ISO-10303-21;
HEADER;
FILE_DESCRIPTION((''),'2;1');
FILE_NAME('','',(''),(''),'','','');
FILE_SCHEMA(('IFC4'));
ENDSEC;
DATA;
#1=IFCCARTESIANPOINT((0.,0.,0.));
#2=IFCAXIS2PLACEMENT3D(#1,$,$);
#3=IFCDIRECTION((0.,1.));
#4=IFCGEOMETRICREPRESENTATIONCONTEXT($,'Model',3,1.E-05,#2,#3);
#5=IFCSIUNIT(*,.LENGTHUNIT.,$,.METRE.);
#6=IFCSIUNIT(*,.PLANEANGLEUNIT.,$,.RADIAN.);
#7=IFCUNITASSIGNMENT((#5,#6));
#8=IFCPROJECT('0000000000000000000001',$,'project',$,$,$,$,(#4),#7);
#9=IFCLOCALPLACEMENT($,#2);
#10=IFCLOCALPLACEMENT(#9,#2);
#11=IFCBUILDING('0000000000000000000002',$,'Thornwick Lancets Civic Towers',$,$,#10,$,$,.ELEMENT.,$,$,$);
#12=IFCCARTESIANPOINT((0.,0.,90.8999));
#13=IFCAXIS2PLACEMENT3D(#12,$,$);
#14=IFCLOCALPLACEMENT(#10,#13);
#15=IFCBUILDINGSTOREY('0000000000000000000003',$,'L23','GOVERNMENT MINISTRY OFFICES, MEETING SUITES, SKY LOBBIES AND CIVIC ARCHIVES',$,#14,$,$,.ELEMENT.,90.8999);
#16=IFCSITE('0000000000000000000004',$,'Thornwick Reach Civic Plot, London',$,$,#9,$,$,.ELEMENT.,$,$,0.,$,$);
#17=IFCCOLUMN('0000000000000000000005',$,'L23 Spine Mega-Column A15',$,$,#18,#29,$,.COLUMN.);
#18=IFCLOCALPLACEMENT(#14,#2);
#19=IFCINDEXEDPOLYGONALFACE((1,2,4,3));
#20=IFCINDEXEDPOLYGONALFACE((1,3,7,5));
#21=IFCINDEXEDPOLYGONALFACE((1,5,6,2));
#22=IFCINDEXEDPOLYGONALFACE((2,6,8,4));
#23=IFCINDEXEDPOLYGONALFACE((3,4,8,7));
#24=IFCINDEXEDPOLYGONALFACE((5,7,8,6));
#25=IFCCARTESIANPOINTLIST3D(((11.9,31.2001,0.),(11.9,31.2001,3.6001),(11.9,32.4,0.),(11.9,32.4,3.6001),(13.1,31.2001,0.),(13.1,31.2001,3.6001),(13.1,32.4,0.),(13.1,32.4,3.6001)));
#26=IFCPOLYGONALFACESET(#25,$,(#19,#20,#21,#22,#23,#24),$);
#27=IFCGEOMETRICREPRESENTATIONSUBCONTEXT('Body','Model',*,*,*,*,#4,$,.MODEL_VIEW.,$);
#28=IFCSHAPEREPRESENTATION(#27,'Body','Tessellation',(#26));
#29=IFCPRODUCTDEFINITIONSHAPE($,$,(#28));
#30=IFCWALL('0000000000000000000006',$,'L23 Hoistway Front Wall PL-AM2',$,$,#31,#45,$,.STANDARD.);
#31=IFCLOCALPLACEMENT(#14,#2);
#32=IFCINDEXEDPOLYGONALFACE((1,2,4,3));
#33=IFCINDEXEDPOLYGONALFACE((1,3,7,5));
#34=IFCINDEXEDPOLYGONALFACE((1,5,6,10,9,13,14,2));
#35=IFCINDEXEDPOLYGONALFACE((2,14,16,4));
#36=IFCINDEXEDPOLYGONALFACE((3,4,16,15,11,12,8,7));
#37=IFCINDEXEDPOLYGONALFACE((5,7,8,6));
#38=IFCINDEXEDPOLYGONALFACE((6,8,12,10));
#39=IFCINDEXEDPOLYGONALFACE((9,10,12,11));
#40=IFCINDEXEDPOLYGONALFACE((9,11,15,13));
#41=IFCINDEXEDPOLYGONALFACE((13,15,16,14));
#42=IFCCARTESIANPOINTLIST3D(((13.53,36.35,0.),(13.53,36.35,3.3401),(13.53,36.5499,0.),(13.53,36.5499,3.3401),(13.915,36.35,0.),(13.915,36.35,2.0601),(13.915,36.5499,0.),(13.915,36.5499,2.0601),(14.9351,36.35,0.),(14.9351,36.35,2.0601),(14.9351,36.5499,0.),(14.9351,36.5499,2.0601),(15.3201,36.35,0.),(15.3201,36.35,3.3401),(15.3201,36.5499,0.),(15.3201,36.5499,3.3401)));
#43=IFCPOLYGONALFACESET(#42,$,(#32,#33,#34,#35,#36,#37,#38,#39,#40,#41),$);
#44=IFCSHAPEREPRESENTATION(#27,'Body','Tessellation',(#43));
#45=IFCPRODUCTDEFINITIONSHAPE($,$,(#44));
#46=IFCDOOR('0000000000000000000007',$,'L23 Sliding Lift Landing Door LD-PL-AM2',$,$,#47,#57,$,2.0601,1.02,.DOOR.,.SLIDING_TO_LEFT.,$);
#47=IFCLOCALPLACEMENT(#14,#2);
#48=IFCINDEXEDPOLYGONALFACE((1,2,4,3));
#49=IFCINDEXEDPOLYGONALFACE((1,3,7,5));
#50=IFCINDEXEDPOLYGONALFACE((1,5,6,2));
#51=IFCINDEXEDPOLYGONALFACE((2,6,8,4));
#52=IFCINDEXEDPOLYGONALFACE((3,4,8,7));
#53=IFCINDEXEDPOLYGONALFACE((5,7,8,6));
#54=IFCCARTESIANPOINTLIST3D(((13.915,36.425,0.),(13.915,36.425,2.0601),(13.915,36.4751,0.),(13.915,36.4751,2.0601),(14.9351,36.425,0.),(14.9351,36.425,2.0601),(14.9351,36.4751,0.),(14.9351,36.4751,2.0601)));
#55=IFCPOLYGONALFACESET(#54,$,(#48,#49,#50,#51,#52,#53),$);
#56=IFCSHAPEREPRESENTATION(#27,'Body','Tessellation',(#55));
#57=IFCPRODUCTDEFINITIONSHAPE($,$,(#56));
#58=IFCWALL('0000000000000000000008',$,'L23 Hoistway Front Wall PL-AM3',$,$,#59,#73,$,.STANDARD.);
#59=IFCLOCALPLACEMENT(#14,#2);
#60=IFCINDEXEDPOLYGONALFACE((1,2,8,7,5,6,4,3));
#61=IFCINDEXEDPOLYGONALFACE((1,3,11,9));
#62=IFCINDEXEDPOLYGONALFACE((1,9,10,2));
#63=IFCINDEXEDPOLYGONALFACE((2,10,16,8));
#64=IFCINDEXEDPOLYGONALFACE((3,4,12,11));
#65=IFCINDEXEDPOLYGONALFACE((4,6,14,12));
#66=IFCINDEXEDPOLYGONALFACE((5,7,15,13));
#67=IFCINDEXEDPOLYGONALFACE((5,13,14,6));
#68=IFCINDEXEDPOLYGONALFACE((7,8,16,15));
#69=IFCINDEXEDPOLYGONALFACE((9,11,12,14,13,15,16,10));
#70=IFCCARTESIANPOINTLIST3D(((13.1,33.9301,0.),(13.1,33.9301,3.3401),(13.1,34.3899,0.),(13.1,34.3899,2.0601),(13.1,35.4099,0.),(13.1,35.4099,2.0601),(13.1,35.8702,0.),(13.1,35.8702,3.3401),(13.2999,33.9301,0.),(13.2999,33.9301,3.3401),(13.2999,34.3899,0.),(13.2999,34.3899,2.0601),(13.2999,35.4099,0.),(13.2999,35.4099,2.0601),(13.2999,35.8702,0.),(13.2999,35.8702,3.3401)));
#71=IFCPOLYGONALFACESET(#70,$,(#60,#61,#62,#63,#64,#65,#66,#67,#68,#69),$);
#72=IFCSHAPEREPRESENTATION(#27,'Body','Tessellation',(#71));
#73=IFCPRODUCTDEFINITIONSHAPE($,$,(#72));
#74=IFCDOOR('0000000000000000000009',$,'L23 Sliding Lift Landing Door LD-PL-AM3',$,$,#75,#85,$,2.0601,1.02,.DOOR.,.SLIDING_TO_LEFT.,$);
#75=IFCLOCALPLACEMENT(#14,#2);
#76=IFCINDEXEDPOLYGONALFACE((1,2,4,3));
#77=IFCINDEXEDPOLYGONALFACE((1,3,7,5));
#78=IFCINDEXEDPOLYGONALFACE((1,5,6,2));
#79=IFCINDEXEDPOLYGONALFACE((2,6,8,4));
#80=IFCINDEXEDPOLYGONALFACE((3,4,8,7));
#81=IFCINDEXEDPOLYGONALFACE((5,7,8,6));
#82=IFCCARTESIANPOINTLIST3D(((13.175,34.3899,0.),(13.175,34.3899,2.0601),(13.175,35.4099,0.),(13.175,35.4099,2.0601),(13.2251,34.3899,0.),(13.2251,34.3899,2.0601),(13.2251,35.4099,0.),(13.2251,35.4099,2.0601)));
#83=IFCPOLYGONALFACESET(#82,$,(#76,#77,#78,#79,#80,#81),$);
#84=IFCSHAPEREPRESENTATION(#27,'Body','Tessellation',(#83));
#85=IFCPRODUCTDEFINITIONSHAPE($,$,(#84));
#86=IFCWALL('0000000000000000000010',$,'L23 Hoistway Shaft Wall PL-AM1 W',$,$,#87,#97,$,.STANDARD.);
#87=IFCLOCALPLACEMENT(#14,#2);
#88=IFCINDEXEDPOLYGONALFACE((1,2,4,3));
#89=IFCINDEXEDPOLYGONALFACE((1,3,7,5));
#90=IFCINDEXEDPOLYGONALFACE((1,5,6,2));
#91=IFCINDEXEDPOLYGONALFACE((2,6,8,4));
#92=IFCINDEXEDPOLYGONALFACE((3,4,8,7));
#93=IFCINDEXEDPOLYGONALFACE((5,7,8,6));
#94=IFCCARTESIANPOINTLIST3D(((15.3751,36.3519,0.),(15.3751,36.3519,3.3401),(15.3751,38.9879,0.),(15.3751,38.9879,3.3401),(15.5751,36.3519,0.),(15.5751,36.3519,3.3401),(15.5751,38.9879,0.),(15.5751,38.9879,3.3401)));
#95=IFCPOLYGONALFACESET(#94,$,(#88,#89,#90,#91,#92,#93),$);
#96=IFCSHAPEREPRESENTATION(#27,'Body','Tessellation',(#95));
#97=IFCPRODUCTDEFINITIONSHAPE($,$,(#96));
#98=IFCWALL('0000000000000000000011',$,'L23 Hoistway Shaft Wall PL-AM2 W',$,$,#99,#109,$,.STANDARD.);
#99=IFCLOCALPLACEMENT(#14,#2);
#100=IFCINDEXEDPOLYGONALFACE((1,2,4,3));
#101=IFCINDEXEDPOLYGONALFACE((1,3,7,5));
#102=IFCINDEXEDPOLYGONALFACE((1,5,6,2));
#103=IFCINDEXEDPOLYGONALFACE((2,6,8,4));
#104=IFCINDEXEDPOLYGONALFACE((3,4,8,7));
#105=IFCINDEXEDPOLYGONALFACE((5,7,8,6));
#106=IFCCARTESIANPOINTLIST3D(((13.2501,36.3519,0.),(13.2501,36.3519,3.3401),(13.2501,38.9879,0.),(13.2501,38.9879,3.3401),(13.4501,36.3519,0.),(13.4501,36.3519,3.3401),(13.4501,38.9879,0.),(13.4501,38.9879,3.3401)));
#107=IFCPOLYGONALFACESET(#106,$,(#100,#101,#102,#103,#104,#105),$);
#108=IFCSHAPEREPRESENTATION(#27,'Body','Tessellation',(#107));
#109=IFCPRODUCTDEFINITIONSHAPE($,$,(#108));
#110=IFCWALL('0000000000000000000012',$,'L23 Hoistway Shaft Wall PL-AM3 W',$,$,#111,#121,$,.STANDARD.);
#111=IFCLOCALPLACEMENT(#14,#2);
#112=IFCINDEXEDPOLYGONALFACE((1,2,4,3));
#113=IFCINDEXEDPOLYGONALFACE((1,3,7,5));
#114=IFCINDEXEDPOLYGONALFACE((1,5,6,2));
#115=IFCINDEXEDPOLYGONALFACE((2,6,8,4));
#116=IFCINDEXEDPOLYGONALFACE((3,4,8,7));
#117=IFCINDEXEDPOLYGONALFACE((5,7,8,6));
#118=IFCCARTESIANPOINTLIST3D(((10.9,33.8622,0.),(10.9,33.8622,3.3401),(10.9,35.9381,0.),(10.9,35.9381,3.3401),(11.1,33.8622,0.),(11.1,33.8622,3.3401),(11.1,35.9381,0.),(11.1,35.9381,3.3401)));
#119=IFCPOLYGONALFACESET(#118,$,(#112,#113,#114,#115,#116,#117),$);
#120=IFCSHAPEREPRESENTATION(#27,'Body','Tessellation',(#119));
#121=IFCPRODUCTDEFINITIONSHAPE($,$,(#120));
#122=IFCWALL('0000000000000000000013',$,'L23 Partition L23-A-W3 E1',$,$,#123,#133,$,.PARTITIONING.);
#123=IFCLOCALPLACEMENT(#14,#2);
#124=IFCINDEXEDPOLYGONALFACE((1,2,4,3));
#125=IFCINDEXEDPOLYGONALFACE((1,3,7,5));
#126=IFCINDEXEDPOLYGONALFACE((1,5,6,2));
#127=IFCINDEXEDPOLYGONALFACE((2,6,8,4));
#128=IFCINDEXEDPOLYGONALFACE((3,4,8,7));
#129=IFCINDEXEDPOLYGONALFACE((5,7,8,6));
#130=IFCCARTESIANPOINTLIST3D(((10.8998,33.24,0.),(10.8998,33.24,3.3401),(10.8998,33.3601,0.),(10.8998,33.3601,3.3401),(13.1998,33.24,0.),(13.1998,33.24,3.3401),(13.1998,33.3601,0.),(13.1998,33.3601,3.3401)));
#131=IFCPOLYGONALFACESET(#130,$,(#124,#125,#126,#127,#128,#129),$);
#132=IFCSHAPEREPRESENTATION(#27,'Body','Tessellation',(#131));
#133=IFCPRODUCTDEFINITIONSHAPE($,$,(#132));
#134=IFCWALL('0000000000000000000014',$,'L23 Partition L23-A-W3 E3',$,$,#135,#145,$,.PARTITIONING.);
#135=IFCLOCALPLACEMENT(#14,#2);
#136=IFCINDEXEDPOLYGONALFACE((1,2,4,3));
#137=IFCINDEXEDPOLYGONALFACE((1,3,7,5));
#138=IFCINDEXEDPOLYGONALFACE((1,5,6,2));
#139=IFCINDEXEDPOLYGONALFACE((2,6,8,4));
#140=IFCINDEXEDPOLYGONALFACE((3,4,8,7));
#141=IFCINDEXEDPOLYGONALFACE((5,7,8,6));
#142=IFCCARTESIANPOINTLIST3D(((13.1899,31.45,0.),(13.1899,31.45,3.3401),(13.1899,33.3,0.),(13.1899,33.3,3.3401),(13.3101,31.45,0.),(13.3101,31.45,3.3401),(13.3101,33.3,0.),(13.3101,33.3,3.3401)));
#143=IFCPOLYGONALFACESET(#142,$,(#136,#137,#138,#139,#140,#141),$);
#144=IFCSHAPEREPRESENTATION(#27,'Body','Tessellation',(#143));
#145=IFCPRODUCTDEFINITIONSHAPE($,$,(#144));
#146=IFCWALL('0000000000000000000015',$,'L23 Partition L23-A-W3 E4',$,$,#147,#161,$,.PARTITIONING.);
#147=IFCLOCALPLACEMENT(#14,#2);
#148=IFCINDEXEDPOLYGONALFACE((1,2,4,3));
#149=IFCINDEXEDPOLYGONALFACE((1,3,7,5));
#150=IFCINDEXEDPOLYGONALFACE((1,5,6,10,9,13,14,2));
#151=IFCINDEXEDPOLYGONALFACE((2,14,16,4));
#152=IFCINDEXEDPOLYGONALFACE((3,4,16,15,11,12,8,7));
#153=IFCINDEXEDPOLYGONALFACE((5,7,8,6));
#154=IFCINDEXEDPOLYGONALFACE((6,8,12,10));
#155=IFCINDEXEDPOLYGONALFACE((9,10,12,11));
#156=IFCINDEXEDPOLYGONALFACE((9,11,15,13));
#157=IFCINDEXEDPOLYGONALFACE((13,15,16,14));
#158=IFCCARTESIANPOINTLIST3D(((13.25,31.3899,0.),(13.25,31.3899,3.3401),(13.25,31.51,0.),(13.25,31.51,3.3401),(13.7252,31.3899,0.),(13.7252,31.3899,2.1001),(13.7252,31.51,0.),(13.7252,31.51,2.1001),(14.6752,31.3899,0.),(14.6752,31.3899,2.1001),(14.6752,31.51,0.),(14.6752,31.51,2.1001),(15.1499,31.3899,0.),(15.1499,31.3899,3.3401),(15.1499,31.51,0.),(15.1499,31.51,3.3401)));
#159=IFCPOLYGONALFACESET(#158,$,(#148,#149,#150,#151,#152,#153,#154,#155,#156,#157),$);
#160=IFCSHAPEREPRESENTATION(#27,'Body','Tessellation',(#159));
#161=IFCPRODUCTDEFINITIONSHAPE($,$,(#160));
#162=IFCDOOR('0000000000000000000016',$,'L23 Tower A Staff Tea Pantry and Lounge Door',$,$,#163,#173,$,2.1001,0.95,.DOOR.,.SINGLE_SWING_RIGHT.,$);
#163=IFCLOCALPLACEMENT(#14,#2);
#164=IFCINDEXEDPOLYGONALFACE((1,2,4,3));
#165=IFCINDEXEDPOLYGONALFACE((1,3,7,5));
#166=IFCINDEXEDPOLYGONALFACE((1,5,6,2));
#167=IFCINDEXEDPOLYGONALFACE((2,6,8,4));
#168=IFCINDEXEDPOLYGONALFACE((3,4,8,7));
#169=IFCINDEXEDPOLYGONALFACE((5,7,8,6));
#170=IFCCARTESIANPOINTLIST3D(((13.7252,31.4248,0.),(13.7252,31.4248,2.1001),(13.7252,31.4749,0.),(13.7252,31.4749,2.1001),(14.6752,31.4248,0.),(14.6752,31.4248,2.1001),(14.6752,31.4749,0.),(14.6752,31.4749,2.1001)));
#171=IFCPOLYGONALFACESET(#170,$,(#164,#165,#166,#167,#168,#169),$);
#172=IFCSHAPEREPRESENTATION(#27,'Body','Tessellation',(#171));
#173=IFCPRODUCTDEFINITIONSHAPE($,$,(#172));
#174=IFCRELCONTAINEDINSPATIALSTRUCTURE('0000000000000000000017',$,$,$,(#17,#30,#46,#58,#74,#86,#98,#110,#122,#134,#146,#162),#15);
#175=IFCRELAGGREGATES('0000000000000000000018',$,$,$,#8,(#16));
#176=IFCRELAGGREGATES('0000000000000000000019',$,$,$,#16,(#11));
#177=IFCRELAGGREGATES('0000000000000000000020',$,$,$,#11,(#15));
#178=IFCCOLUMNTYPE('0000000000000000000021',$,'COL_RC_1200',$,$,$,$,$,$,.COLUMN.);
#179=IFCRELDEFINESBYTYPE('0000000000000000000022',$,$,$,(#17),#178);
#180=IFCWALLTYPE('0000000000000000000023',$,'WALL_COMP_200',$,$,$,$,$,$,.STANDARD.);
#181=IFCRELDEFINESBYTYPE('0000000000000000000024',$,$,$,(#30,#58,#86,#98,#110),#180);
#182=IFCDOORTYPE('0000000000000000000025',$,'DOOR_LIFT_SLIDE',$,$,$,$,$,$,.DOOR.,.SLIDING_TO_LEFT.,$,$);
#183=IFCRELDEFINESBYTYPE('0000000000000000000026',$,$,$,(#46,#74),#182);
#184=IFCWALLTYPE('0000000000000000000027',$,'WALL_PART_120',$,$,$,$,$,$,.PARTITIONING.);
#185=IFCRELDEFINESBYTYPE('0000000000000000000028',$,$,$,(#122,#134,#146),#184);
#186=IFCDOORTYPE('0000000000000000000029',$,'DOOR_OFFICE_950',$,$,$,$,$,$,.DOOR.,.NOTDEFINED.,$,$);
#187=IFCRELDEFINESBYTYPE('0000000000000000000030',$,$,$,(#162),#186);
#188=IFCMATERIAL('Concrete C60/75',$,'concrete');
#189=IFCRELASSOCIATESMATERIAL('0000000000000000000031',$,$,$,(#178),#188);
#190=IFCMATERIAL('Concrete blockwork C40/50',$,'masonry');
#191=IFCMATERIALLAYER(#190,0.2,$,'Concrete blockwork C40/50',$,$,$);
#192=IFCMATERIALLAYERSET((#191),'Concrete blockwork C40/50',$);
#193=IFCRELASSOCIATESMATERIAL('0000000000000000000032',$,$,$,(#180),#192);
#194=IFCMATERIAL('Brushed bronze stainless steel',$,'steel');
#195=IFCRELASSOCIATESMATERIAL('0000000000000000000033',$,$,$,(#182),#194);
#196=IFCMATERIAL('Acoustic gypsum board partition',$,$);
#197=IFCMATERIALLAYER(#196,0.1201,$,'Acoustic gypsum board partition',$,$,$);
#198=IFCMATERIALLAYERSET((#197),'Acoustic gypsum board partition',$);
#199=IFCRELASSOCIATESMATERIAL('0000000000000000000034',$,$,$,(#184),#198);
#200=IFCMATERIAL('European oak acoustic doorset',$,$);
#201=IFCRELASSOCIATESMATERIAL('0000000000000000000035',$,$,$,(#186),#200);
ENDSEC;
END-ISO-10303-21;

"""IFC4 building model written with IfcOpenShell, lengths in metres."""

from ifc_helpers import new_model, si_unit, direction, frame, frame_2d, origin, origin_2d, place, context, subcontext, project, spatial, rectangle, extrude, material, layer, layer_set, material_profile, profile_set, type_object, element, fill, save


model = new_model("IFC4")

# Units and contexts
model_context = context("Model", 3, precision=1e-05, world=origin(), true_north=direction((0.0, 1.0)))
body_context = subcontext(model_context, "Body", "Model", "MODEL_VIEW")
ifc_project = project(units=[si_unit("LENGTHUNIT", "METRE"), si_unit("PLANEANGLEUNIT", "RADIAN")], contexts=[model_context])

# Site, building, storey
site_placement = place(None, origin())
site = spatial("IfcSite", under=ifc_project, at=site_placement, Name="Thornwick Reach Civic Plot, London", CompositionType="ELEMENT", RefElevation=0.0)
building_placement = place(site_placement, origin())
building = spatial("IfcBuilding", under=site, at=building_placement, Name="Thornwick Lancets Civic Towers", CompositionType="ELEMENT")
storey_placement = place(building_placement, frame((0.0, 0.0, 90.8999)))
storey = spatial("IfcBuildingStorey", under=building, at=storey_placement, Name="L23", Description="GOVERNMENT MINISTRY OFFICES, MEETING SUITES, SKY LOBBIES AND CIVIC ARCHIVES", CompositionType="ELEMENT", Elevation=90.8999)

# Column
ifc_material_1 = material(Name="Concrete C60/75", Category="concrete")
ifc_material_profile = material_profile(ifc_material_1, rectangle(XDim=1.2, YDim=1.2, at=origin_2d()), Name="RC 1200x1200")
ifc_profile_set = profile_set([ifc_material_profile], Name="Concrete C60/75")
column_type = type_object("IfcColumnType", Name="COL_RC_1200", PredefinedType="COLUMN", material=ifc_profile_set)
column_placement = place(storey_placement, frame((12.5, 31.8, 0.0), z_axis=(0.0, 0.0, 1.0), x_axis=(1.0, 0.0, 0.0)))
element("IfcColumn", 1, at=column_placement, inside=storey, type_object=column_type, Name="L23 Spine Mega-Column A15", PredefinedType="COLUMN", context=body_context, shape_type="SweptSolid", body=[
    extrude(rectangle(XDim=1.2, YDim=1.2, at=origin_2d()), origin(), (0.0, 0.0, 1.0), 3.6001),
])

# Walls, openings, doors
ifc_material_2 = material(Name="Concrete blockwork C40/50", Category="masonry")
ifc_layer_1 = layer(ifc_material_2, 0.2, Name="Concrete blockwork C40/50")
ifc_layer_set_1 = layer_set([ifc_layer_1], Name="Concrete blockwork C40/50")
wall_type_1 = type_object("IfcWallType", Name="WALL_COMP_200", PredefinedType="STANDARD", material=ifc_layer_set_1)
wall_1_placement = place(storey_placement, frame((15.3201, 36.45, 0.0), z_axis=(0.0, 0.0, 1.0), x_axis=(-1.0, 0.0, 0.0)))
wall_1 = element("IfcWall", 2, at=wall_1_placement, inside=storey, type_object=wall_type_1, Name="L23 Hoistway Front Wall PL-AM2", PredefinedType="STANDARD", context=body_context, shape_type="SweptSolid", body=[
    extrude(rectangle(XDim=1.79, YDim=0.2, at=frame_2d((0.895, 0.0))), origin(), (0.0, 0.0, 1.0), 3.3401),
])
opening_1_placement = place(wall_1_placement, frame((0.385, 0.0, 0.0)))
opening_1 = element("IfcOpeningElement", 3, at=opening_1_placement, cuts=wall_1, PredefinedType="OPENING", context=body_context, shape_type="SweptSolid", body=[
    extrude(rectangle(XDim=1.02, YDim=2.0601, at=frame_2d((0.51, 1.03))), frame((0.0, 0.1099, 0.0), z_axis=(0.0, -1.0, 0.0), x_axis=(1.0, 0.0, 0.0)), (0.0, 0.0, 1.0), 0.22),
])
ifc_material_3 = material(Name="Brushed bronze stainless steel", Category="steel")
door_type_1 = type_object("IfcDoorType", Name="DOOR_LIFT_SLIDE", OperationType="SLIDING_TO_LEFT", PredefinedType="DOOR", material=ifc_material_3)
door_1_placement = place(opening_1_placement, origin())
door_1 = element("IfcDoor", 4, at=door_1_placement, inside=storey, type_object=door_type_1, Name="L23 Sliding Lift Landing Door LD-PL-AM2", OperationType="SLIDING_TO_LEFT", OverallHeight=2.0601, OverallWidth=1.02, PredefinedType="DOOR", context=body_context, shape_type="SweptSolid", body=[
    extrude(rectangle(XDim=1.02, YDim=2.0601, at=frame_2d((0.51, 1.03))), frame((0.0, 0.0249, 0.0), z_axis=(0.0, -1.0, 0.0), x_axis=(1.0, 0.0, 0.0)), (0.0, 0.0, 1.0), 0.05),
])
fill(opening_1, door_1)
wall_2_placement = place(storey_placement, frame((13.2, 33.9299, 0.0), z_axis=(0.0, 0.0, 1.0), x_axis=(0.0, 1.0, 0.0)))
wall_2 = element("IfcWall", 5, at=wall_2_placement, inside=storey, type_object=wall_type_1, Name="L23 Hoistway Front Wall PL-AM3", PredefinedType="STANDARD", context=body_context, shape_type="SweptSolid", body=[
    extrude(rectangle(XDim=1.9402, YDim=0.2, at=frame_2d((0.9702, 0.0))), origin(), (0.0, 0.0, 1.0), 3.3401),
])
opening_2_placement = place(wall_2_placement, frame((0.46, 0.0, 0.0)))
opening_2 = element("IfcOpeningElement", 6, at=opening_2_placement, cuts=wall_2, PredefinedType="OPENING", context=body_context, shape_type="SweptSolid", body=[
    extrude(rectangle(XDim=1.02, YDim=2.0601, at=frame_2d((0.51, 1.03))), frame((0.0, 0.1099, 0.0), z_axis=(0.0, -1.0, 0.0), x_axis=(1.0, 0.0, 0.0)), (0.0, 0.0, 1.0), 0.22),
])
door_2_placement = place(opening_2_placement, origin())
door_2 = element("IfcDoor", 7, at=door_2_placement, inside=storey, type_object=door_type_1, Name="L23 Sliding Lift Landing Door LD-PL-AM3", OperationType="SLIDING_TO_LEFT", OverallHeight=2.0601, OverallWidth=1.02, PredefinedType="DOOR", context=body_context, shape_type="SweptSolid", body=[
    extrude(rectangle(XDim=1.02, YDim=2.0601, at=frame_2d((0.51, 1.03))), frame((0.0, 0.0249, 0.0), z_axis=(0.0, -1.0, 0.0), x_axis=(1.0, 0.0, 0.0)), (0.0, 0.0, 1.0), 0.05),
])
fill(opening_2, door_2)

# Walls
for number, where, z_axis, x_axis, name in (
    (8, (15.4751, 36.3521, 0.0), (0.0, 0.0, 1.0), (0.0, 1.0, 0.0), "L23 Hoistway Shaft Wall PL-AM1 W"),
    (9, (13.3501, 36.3521, 0.0), (0.0, 0.0, 1.0), (0.0, 1.0, 0.0), "L23 Hoistway Shaft Wall PL-AM2 W"),
):
    element("IfcWall", number, at=place(storey_placement, frame(where, z_axis=z_axis, x_axis=x_axis)), inside=storey, type_object=wall_type_1, Name=name, PredefinedType="STANDARD", context=body_context, shape_type="SweptSolid", body=[
        extrude(rectangle(XDim=2.636, YDim=0.2, at=frame_2d((1.3179, 0.0))), origin(), (0.0, 0.0, 1.0), 3.3401),
    ])
wall_3_placement = place(storey_placement, frame((11.0, 33.8621, 0.0), z_axis=(0.0, 0.0, 1.0), x_axis=(0.0, 1.0, 0.0)))
element("IfcWall", 10, at=wall_3_placement, inside=storey, type_object=wall_type_1, Name="L23 Hoistway Shaft Wall PL-AM3 W", PredefinedType="STANDARD", context=body_context, shape_type="SweptSolid", body=[
    extrude(rectangle(XDim=2.0759, YDim=0.2, at=frame_2d((1.0381, 0.0))), origin(), (0.0, 0.0, 1.0), 3.3401),
])
ifc_material_4 = material(Name="Acoustic gypsum board partition")
ifc_layer_2 = layer(ifc_material_4, 0.1201, Name="Acoustic gypsum board partition")
ifc_layer_set_2 = layer_set([ifc_layer_2], Name="Acoustic gypsum board partition")
wall_type_2 = type_object("IfcWallType", Name="WALL_PART_120", PredefinedType="PARTITIONING", material=ifc_layer_set_2)
wall_4_placement = place(storey_placement, frame((10.8999, 33.3, 0.0), z_axis=(0.0, 0.0, 1.0), x_axis=(1.0, 0.0, 0.0)))
element("IfcWall", 11, at=wall_4_placement, inside=storey, type_object=wall_type_2, Name="L23 Partition L23-A-W3 E1", PredefinedType="PARTITIONING", context=body_context, shape_type="SweptSolid", body=[
    extrude(rectangle(XDim=2.3, YDim=0.1201, at=frame_2d((1.1499, 0.0))), origin(), (0.0, 0.0, 1.0), 3.3401),
])
wall_5_placement = place(storey_placement, frame((13.25, 33.3, 0.0), z_axis=(0.0, 0.0, 1.0), x_axis=(0.0, -1.0, 0.0)))
element("IfcWall", 12, at=wall_5_placement, inside=storey, type_object=wall_type_2, Name="L23 Partition L23-A-W3 E3", PredefinedType="PARTITIONING", context=body_context, shape_type="SweptSolid", body=[
    extrude(rectangle(XDim=1.8501, YDim=0.1201, at=frame_2d((0.925, 0.0))), origin(), (0.0, 0.0, 1.0), 3.3401),
])

# Wall, opening, door
wall_6_placement = place(storey_placement, frame((13.25, 31.45, 0.0), z_axis=(0.0, 0.0, 1.0), x_axis=(1.0, 0.0, 0.0)))
wall_6 = element("IfcWall", 13, at=wall_6_placement, inside=storey, type_object=wall_type_2, Name="L23 Partition L23-A-W3 E4", PredefinedType="PARTITIONING", context=body_context, shape_type="SweptSolid", body=[
    extrude(rectangle(XDim=1.8999, YDim=0.1201, at=frame_2d((0.95, 0.0))), origin(), (0.0, 0.0, 1.0), 3.3401),
])
opening_3_placement = place(wall_6_placement, frame((0.4751, 0.0, 0.0)))
opening_3 = element("IfcOpeningElement", 14, at=opening_3_placement, cuts=wall_6, PredefinedType="OPENING", context=body_context, shape_type="SweptSolid", body=[
    extrude(rectangle(XDim=0.95, YDim=2.1001, at=frame_2d((0.4751, 1.05))), frame((0.0, 0.0701, 0.0), z_axis=(0.0, -1.0, 0.0), x_axis=(1.0, 0.0, 0.0)), (0.0, 0.0, 1.0), 0.1401),
])
ifc_material_5 = material(Name="European oak acoustic doorset")
door_type_2 = type_object("IfcDoorType", Name="DOOR_OFFICE_950", OperationType="NOTDEFINED", PredefinedType="DOOR", material=ifc_material_5)
door_3_placement = place(opening_3_placement, origin())
door_3 = element("IfcDoor", 15, at=door_3_placement, inside=storey, type_object=door_type_2, Name="L23 Tower A Staff Tea Pantry and Lounge Door", OperationType="SINGLE_SWING_RIGHT", OverallHeight=2.1001, OverallWidth=0.95, PredefinedType="DOOR", context=body_context, shape_type="SweptSolid", body=[
    extrude(rectangle(XDim=0.95, YDim=2.1001, at=frame_2d((0.4751, 1.05))), frame((0.0, 0.0249, 0.0), z_axis=(0.0, -1.0, 0.0), x_axis=(1.0, 0.0, 0.0)), (0.0, 0.0, 1.0), 0.05),
])
fill(opening_3, door_3)

save(model, "model.ifc")
